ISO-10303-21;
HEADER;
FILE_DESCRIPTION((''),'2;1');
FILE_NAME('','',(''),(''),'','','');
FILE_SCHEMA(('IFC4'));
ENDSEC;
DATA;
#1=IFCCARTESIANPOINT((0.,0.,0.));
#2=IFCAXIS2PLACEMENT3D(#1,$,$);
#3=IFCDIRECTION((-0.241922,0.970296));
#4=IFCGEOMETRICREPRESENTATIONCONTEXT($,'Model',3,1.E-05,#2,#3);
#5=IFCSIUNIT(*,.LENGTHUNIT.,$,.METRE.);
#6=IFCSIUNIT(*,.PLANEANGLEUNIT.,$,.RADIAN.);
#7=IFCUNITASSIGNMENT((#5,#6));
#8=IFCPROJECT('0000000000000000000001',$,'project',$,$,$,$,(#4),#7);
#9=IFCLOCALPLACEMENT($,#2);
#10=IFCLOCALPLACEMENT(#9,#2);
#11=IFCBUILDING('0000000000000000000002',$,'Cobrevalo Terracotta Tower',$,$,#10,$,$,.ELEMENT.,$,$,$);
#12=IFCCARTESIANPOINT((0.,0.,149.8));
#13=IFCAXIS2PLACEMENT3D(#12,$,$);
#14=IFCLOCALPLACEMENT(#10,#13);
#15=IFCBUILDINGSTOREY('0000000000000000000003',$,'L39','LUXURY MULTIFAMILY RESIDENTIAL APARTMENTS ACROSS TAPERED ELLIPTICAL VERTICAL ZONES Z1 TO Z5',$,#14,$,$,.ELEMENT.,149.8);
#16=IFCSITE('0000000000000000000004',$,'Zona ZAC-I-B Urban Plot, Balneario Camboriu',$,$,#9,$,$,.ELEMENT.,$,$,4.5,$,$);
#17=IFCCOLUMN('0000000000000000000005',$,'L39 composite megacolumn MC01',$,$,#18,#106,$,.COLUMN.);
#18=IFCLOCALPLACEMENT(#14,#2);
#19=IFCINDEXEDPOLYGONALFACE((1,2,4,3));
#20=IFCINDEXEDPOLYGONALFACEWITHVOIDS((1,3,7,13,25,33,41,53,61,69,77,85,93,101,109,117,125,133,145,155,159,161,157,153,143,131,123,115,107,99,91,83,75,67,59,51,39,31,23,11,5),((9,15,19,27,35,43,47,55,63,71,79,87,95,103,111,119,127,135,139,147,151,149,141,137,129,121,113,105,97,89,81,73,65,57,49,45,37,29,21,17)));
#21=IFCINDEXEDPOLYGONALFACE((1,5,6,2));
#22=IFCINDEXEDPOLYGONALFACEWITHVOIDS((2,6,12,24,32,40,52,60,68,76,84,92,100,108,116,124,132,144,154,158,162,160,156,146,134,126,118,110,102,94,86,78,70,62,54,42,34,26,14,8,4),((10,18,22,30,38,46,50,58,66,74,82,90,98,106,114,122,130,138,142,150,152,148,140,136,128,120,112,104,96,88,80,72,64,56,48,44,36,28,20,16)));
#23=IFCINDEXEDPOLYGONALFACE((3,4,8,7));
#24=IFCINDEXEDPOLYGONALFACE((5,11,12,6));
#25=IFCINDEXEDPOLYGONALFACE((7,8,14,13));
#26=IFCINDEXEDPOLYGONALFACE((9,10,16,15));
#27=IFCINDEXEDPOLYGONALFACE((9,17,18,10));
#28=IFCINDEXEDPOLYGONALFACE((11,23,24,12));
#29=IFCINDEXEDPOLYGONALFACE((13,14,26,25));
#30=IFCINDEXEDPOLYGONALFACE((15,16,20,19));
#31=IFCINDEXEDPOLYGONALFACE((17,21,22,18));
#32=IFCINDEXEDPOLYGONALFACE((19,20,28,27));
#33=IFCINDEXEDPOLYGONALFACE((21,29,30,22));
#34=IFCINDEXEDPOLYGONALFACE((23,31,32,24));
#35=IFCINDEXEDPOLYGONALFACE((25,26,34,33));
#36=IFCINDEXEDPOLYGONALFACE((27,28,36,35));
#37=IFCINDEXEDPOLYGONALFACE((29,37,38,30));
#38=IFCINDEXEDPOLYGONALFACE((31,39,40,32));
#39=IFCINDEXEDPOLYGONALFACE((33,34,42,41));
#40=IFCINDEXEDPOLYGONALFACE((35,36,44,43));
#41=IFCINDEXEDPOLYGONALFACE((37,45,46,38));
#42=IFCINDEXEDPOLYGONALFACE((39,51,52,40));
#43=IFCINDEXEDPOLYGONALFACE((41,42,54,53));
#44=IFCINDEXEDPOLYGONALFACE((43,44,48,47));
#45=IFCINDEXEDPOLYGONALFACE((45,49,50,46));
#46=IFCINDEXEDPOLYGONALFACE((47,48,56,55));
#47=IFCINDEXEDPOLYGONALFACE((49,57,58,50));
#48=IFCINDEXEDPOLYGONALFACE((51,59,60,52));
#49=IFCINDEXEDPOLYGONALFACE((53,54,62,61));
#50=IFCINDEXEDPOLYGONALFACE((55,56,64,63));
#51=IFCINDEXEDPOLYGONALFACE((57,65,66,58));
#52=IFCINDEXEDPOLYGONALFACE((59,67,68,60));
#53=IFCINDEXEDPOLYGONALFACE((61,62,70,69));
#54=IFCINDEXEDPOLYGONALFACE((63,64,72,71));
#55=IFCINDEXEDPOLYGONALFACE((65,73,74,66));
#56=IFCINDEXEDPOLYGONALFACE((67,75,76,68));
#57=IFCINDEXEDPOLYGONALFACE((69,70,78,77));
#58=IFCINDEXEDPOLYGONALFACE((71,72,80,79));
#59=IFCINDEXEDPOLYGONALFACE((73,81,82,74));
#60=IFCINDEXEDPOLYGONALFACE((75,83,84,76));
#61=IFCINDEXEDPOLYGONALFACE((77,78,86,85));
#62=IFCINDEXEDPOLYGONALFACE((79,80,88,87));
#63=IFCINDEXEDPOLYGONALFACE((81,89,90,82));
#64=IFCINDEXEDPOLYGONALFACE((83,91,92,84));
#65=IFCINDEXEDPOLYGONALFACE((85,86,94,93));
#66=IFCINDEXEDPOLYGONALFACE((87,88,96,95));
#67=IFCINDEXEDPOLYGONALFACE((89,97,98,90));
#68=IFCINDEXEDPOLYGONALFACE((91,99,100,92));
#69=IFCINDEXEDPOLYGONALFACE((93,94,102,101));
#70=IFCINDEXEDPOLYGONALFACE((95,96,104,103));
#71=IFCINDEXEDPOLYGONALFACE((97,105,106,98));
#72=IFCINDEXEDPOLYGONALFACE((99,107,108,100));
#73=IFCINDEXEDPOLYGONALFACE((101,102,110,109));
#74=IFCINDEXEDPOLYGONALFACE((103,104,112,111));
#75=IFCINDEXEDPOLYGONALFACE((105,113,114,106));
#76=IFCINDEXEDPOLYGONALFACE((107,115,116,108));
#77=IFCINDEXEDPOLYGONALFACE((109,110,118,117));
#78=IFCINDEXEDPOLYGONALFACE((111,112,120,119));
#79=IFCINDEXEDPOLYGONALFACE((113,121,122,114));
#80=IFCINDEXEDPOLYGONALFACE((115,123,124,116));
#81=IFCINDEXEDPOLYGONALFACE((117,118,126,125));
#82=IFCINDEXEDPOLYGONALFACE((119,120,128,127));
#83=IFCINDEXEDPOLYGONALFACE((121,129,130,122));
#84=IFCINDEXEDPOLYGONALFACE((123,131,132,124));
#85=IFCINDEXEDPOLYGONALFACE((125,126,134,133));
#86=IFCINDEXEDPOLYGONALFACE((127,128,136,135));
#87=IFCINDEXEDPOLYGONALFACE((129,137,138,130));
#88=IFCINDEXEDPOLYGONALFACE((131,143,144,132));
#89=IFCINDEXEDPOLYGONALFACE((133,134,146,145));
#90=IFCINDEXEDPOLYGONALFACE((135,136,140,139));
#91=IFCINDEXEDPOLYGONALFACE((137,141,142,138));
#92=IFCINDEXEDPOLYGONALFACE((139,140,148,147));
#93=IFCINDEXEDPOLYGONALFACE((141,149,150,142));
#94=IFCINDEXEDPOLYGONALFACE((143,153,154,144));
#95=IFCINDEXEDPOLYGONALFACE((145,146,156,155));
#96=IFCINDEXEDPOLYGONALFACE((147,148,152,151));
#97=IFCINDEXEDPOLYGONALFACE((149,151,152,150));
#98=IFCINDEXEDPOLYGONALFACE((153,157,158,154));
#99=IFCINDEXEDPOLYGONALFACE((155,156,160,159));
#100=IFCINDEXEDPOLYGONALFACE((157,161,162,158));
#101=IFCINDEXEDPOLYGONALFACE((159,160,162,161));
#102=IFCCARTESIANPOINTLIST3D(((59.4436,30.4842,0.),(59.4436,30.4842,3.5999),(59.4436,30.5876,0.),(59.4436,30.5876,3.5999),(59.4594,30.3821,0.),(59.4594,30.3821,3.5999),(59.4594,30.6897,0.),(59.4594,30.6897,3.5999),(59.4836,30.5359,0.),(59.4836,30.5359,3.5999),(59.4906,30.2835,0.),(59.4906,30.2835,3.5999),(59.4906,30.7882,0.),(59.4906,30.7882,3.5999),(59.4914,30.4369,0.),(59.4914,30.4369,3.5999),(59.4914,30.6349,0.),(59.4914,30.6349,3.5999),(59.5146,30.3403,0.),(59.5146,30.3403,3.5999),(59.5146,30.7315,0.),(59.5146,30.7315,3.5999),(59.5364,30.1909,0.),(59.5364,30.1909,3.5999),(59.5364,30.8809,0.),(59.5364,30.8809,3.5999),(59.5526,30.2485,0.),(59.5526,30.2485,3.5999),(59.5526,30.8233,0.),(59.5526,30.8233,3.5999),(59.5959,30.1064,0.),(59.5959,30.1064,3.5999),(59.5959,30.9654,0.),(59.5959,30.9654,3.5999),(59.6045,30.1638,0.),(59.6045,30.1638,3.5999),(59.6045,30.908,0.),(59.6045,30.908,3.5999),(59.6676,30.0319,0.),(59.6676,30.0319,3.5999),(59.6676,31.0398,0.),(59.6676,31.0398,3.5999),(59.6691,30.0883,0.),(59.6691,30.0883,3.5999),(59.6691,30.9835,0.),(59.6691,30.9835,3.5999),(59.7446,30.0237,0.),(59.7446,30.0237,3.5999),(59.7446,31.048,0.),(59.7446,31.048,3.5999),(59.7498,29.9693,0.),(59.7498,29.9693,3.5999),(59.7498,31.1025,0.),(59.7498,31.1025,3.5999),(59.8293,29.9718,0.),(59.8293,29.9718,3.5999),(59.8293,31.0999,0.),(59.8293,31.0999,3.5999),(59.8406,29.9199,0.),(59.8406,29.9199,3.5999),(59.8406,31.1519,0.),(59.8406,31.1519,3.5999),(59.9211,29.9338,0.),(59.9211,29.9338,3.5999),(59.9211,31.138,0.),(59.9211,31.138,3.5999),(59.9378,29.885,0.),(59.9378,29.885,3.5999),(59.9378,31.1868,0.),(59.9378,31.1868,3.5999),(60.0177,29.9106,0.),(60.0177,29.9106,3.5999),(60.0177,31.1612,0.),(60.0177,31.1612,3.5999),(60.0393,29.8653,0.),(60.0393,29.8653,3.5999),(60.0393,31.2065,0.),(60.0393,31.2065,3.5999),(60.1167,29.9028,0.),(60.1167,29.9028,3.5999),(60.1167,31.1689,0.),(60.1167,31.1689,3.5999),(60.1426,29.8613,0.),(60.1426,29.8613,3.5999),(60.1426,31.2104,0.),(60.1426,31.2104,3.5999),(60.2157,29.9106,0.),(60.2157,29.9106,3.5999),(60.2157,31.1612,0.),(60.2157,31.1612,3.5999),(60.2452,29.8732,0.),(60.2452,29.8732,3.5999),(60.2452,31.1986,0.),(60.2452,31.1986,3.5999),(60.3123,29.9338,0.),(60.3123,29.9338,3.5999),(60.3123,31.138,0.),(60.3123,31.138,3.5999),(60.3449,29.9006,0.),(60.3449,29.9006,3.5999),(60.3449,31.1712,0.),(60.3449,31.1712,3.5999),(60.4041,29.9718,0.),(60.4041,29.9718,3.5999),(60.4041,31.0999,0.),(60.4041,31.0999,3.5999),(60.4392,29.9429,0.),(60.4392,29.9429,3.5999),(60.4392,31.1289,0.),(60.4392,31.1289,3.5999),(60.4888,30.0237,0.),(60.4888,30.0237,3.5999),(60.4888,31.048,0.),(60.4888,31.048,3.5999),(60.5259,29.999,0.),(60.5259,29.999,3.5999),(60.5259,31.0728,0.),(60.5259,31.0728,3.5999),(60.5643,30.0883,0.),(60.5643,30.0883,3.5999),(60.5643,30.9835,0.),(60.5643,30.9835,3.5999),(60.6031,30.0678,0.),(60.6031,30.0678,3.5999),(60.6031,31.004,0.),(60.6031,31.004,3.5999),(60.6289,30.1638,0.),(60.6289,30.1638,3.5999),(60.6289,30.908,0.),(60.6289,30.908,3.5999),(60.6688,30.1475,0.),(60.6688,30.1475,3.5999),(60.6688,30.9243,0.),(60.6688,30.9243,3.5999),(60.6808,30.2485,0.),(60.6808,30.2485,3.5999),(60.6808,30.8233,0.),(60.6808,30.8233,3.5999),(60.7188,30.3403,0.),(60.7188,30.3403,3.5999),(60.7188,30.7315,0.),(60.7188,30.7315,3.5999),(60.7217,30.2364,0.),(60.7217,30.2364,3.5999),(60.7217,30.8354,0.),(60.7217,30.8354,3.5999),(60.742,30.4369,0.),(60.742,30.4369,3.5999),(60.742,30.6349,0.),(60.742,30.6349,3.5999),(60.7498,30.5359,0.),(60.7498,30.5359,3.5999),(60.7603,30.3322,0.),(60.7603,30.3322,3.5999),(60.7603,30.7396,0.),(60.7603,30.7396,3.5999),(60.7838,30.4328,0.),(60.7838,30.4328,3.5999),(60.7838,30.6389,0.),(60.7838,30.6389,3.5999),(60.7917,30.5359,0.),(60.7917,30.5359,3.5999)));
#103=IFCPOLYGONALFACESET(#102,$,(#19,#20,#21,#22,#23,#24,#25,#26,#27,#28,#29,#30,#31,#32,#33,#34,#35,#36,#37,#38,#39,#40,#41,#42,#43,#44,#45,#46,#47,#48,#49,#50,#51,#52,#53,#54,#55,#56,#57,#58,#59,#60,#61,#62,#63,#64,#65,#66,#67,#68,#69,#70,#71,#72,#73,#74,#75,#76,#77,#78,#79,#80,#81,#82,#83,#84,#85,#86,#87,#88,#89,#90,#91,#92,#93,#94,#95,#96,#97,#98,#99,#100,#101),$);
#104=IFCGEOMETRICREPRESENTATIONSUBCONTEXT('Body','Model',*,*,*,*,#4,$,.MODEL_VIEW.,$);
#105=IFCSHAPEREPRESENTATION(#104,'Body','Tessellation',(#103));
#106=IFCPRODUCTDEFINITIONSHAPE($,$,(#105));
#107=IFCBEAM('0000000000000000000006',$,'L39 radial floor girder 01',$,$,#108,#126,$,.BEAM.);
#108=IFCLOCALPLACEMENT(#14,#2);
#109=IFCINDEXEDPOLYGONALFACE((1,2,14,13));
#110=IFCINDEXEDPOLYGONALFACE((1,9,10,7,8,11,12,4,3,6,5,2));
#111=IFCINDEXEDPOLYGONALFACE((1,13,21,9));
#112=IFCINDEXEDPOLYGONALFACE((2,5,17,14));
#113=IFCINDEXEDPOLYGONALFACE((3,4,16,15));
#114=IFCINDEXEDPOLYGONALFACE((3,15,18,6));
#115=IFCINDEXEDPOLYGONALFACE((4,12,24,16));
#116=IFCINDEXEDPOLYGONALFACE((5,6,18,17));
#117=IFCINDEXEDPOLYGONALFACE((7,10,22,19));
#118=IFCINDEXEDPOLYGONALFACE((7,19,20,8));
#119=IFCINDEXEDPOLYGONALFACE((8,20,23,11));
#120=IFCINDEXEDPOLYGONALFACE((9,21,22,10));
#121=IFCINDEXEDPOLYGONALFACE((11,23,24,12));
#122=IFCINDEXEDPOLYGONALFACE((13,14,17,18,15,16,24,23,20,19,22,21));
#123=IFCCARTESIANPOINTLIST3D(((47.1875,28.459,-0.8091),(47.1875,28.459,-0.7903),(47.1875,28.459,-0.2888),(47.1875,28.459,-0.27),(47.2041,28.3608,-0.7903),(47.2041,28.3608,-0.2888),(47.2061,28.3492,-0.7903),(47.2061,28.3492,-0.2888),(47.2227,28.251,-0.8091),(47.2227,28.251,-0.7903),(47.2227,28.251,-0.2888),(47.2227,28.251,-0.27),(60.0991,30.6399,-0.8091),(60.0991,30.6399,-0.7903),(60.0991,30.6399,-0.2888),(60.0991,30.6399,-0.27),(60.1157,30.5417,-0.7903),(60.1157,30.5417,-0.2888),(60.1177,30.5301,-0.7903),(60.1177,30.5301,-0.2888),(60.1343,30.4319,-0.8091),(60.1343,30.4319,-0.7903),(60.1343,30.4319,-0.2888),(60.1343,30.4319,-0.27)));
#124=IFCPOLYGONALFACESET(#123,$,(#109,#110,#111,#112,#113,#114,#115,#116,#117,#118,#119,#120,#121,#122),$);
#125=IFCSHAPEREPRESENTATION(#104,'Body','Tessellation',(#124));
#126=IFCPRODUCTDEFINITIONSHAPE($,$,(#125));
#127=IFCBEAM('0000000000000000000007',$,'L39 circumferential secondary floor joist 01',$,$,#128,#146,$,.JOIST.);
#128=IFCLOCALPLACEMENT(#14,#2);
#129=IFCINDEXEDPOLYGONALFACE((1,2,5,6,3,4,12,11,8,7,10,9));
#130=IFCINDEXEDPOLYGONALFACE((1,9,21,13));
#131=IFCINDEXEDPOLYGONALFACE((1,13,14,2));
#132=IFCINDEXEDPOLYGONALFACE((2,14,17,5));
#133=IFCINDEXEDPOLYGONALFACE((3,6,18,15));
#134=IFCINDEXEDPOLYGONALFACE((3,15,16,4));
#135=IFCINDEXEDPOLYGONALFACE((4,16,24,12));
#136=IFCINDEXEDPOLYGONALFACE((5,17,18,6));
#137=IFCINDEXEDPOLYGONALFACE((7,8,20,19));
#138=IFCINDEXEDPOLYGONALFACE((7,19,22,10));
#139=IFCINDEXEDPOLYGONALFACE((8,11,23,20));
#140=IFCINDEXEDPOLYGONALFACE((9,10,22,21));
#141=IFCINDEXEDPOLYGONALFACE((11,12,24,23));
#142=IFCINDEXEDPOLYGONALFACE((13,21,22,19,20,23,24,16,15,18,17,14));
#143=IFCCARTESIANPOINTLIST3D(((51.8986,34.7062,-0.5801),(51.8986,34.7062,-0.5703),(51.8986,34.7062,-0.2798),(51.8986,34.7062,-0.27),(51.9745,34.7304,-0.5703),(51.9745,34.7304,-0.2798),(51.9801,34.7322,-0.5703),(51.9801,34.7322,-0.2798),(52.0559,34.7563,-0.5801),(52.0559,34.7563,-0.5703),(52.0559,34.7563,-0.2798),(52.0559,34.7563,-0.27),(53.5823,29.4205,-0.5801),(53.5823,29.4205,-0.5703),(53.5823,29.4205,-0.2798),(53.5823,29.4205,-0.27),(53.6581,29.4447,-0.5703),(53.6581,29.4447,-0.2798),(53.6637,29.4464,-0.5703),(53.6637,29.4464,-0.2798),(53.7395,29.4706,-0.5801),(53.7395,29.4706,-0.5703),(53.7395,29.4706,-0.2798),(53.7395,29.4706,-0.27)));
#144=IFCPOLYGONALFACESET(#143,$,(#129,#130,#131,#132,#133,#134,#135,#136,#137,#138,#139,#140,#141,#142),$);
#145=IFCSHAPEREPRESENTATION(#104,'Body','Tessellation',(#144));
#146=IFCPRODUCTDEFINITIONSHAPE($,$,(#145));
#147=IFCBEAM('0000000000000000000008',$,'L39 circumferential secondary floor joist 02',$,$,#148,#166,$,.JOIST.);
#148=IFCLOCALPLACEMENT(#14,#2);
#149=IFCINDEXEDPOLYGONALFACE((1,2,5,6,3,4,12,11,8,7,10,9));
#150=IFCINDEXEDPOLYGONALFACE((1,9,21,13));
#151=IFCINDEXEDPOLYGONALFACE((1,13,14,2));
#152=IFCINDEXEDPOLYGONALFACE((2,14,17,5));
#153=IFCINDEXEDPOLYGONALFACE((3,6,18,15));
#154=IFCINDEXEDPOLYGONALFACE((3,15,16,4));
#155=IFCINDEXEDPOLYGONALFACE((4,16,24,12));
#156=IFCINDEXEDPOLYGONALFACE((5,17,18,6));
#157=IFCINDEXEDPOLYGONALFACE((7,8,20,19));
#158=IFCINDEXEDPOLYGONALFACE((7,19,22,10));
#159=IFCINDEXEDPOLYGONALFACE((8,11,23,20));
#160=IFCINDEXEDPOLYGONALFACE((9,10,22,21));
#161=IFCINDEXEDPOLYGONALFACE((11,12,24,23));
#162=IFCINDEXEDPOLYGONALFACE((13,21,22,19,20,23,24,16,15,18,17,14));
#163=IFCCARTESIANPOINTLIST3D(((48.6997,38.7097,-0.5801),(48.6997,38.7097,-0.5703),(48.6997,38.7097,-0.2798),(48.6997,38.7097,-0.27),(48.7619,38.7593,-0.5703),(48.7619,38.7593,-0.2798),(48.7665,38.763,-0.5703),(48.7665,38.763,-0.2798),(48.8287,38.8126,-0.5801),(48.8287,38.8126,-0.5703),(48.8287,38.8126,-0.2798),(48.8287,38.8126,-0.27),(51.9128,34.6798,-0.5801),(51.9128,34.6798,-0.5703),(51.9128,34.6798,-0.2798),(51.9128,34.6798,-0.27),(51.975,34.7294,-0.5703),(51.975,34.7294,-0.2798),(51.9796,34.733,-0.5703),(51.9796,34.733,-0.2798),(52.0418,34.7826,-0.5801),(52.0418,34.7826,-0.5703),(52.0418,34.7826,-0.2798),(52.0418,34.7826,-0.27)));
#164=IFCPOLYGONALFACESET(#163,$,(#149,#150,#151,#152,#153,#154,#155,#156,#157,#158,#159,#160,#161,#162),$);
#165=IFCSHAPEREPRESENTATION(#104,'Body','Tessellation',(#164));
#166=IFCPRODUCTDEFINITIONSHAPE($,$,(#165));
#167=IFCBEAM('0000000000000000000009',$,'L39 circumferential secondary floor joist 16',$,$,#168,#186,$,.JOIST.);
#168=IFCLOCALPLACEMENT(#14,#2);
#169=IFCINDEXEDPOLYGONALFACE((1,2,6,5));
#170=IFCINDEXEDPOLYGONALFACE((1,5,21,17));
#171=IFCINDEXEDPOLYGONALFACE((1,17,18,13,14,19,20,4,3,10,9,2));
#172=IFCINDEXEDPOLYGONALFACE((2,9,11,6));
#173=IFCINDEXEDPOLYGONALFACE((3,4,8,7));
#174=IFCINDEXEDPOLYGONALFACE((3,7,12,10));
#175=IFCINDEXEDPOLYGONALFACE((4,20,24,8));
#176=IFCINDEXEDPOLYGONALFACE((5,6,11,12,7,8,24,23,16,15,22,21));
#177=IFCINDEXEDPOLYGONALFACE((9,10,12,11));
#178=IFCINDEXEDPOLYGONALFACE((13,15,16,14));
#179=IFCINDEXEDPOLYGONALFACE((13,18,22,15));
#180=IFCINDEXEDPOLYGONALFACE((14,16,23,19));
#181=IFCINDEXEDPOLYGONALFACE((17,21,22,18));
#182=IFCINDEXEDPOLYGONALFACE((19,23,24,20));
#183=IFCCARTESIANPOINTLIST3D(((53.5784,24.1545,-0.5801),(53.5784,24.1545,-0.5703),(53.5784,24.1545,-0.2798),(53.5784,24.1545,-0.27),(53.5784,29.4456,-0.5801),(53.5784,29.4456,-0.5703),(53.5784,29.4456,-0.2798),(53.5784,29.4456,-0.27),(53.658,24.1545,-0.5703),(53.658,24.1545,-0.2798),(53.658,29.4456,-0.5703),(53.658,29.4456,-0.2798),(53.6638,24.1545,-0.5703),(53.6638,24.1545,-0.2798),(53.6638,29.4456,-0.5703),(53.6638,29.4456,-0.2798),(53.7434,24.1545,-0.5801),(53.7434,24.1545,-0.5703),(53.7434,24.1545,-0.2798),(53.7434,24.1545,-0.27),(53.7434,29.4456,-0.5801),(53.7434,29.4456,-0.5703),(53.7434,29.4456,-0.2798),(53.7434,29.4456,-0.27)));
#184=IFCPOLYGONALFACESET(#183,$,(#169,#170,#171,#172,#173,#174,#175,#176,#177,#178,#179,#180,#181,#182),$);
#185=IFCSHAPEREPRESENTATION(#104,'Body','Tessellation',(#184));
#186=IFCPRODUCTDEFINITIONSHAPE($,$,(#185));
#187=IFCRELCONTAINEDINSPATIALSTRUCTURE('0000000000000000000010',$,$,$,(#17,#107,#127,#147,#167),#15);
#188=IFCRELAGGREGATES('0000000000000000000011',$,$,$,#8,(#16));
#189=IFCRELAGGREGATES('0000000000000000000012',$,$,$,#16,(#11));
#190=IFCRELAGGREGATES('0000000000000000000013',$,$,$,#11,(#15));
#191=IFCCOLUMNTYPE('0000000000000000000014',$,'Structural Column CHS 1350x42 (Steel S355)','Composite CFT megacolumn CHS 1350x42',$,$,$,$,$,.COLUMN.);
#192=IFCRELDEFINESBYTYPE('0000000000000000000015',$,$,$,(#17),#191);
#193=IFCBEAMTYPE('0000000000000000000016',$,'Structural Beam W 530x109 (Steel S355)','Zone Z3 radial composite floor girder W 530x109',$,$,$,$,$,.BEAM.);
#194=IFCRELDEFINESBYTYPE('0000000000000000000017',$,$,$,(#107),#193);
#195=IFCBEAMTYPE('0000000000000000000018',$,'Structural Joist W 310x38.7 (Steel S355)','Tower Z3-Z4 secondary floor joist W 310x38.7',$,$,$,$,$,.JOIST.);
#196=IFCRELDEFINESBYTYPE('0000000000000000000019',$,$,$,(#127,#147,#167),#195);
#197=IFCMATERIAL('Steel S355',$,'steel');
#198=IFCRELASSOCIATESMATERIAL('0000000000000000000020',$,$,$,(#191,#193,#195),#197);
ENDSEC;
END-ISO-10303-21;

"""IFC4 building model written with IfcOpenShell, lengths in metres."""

from ifc_helpers import new_model, si_unit, direction, frame, origin, origin_2d, place, context, subcontext, project, spatial, hollow_circle, i_section, extrude, material, material_profile, profile_set, type_object, element, save


model = new_model("IFC4")

# Units and contexts
model_context = context("Model", 3, precision=1e-05, world=origin(), true_north=direction((-0.241922, 0.970296)))
body_context = subcontext(model_context, "Body", "Model", "MODEL_VIEW")
ifc_project = project(units=[si_unit("LENGTHUNIT", "METRE"), si_unit("PLANEANGLEUNIT", "RADIAN")], contexts=[model_context])

# Site, building, storey
site_placement = place(None, origin())
site = spatial("IfcSite", under=ifc_project, at=site_placement, Name="Zona ZAC-I-B Urban Plot, Balneario Camboriu", CompositionType="ELEMENT", RefElevation=4.5)
building_placement = place(site_placement, origin())
building = spatial("IfcBuilding", under=site, at=building_placement, Name="Cobrevalo Terracotta Tower", CompositionType="ELEMENT")
storey_placement = place(building_placement, frame((0.0, 0.0, 149.8)))
storey = spatial("IfcBuildingStorey", under=building, at=storey_placement, Name="L39", Description="LUXURY MULTIFAMILY RESIDENTIAL APARTMENTS ACROSS TAPERED ELLIPTICAL VERTICAL ZONES Z1 TO Z5", CompositionType="ELEMENT", Elevation=149.8)

# Column
ifc_material_1 = material(Name="Steel S355", Category="steel")
ifc_material_profile_1 = material_profile(ifc_material_1, hollow_circle(Radius=0.675, WallThickness=0.042, at=origin_2d()), Name="CHS 1350x42")
ifc_profile_set_1 = profile_set([ifc_material_profile_1], Name="Steel S355")
column_type = type_object("IfcColumnType", Name="Structural Column CHS 1350x42 (Steel S355)", Description="Composite CFT megacolumn CHS 1350x42", PredefinedType="COLUMN", material=ifc_profile_set_1)
column_placement = place(storey_placement, frame((60.1167, 30.5359, 0.0), z_axis=(0.0, 0.0, 1.0), x_axis=(1.0, 0.0, 0.0)))
element("IfcColumn", 1, at=column_placement, inside=storey, type_object=column_type, Name="L39 composite megacolumn MC01", PredefinedType="COLUMN", context=body_context, shape_type="SweptSolid", body=[
    extrude(hollow_circle(Radius=0.675, WallThickness=0.042, at=origin_2d()), origin(), (0.0, 0.0, 1.0), 3.5999),
])

# Beams
ifc_material_profile_2 = material_profile(ifc_material_1, i_section(OverallWidth=0.2109, OverallDepth=0.5391, WebThickness=0.0117, FlangeThickness=0.0188, at=origin_2d()), Name="W 530x109")
ifc_profile_set_2 = profile_set([ifc_material_profile_2], Name="Steel S355")
beam_type_1 = type_object("IfcBeamType", Name="Structural Beam W 530x109 (Steel S355)", Description="Zone Z3 radial composite floor girder W 530x109", PredefinedType="BEAM", material=ifc_profile_set_2)
beam_1_placement = place(storey_placement, frame((60.1167, 30.5359, -0.5396), z_axis=(-0.986033, -0.166551, 0.0), x_axis=(0.166551, -0.986033, 0.0)))
element("IfcBeam", 2, at=beam_1_placement, inside=storey, type_object=beam_type_1, Name="L39 radial floor girder 01", PredefinedType="BEAM", context=body_context, shape_type="SweptSolid", body=[
    extrude(i_section(OverallWidth=0.2109, OverallDepth=0.5391, WebThickness=0.0117, FlangeThickness=0.0188, at=origin_2d()), origin(), (0.0, 0.0, 1.0), 13.0945),
])
ifc_material_profile_3 = material_profile(ifc_material_1, i_section(OverallWidth=0.165, OverallDepth=0.3101, WebThickness=0.0059, FlangeThickness=0.0098, at=origin_2d()), Name="W 310x38.7")
ifc_profile_set_3 = profile_set([ifc_material_profile_3], Name="Steel S355")
beam_type_2 = type_object("IfcBeamType", Name="Structural Joist W 310x38.7 (Steel S355)", Description="Tower Z3-Z4 secondary floor joist W 310x38.7", PredefinedType="JOIST", material=ifc_profile_set_3)
beam_2_placement = place(storey_placement, frame((53.6609, 29.4456, -0.425), z_axis=(-0.303498, 0.952832, 0.0), x_axis=(-0.952832, -0.303498, 0.0)))
element("IfcBeam", 3, at=beam_2_placement, inside=storey, type_object=beam_type_2, Name="L39 circumferential secondary floor joist 01", PredefinedType="JOIST", context=body_context, shape_type="SweptSolid", body=[
    extrude(i_section(OverallWidth=0.165, OverallDepth=0.3101, WebThickness=0.0059, FlangeThickness=0.0098, at=origin_2d()), origin(), (0.0, 0.0, 1.0), 5.5474),
])
beam_3_placement = place(storey_placement, frame((51.9773, 34.7312, -0.425), z_axis=(-0.623406, 0.781898, 0.0), x_axis=(-0.781898, -0.623406, 0.0)))
element("IfcBeam", 4, at=beam_3_placement, inside=storey, type_object=beam_type_2, Name="L39 circumferential secondary floor joist 02", PredefinedType="JOIST", context=body_context, shape_type="SweptSolid", body=[
    extrude(i_section(OverallWidth=0.165, OverallDepth=0.3101, WebThickness=0.0059, FlangeThickness=0.0098, at=origin_2d()), origin(), (0.0, 0.0, 1.0), 5.1541),
])
beam_4_placement = place(storey_placement, frame((53.6609, 24.1545, -0.425), z_axis=(0.0, 1.0, 0.0), x_axis=(-1.0, 0.0, 0.0)))
element("IfcBeam", 5, at=beam_4_placement, inside=storey, type_object=beam_type_2, Name="L39 circumferential secondary floor joist 16", PredefinedType="JOIST", context=body_context, shape_type="SweptSolid", body=[
    extrude(i_section(OverallWidth=0.165, OverallDepth=0.3101, WebThickness=0.0059, FlangeThickness=0.0098, at=origin_2d()), origin(), (0.0, 0.0, 1.0), 5.291),
])

save(model, "model.ifc")
